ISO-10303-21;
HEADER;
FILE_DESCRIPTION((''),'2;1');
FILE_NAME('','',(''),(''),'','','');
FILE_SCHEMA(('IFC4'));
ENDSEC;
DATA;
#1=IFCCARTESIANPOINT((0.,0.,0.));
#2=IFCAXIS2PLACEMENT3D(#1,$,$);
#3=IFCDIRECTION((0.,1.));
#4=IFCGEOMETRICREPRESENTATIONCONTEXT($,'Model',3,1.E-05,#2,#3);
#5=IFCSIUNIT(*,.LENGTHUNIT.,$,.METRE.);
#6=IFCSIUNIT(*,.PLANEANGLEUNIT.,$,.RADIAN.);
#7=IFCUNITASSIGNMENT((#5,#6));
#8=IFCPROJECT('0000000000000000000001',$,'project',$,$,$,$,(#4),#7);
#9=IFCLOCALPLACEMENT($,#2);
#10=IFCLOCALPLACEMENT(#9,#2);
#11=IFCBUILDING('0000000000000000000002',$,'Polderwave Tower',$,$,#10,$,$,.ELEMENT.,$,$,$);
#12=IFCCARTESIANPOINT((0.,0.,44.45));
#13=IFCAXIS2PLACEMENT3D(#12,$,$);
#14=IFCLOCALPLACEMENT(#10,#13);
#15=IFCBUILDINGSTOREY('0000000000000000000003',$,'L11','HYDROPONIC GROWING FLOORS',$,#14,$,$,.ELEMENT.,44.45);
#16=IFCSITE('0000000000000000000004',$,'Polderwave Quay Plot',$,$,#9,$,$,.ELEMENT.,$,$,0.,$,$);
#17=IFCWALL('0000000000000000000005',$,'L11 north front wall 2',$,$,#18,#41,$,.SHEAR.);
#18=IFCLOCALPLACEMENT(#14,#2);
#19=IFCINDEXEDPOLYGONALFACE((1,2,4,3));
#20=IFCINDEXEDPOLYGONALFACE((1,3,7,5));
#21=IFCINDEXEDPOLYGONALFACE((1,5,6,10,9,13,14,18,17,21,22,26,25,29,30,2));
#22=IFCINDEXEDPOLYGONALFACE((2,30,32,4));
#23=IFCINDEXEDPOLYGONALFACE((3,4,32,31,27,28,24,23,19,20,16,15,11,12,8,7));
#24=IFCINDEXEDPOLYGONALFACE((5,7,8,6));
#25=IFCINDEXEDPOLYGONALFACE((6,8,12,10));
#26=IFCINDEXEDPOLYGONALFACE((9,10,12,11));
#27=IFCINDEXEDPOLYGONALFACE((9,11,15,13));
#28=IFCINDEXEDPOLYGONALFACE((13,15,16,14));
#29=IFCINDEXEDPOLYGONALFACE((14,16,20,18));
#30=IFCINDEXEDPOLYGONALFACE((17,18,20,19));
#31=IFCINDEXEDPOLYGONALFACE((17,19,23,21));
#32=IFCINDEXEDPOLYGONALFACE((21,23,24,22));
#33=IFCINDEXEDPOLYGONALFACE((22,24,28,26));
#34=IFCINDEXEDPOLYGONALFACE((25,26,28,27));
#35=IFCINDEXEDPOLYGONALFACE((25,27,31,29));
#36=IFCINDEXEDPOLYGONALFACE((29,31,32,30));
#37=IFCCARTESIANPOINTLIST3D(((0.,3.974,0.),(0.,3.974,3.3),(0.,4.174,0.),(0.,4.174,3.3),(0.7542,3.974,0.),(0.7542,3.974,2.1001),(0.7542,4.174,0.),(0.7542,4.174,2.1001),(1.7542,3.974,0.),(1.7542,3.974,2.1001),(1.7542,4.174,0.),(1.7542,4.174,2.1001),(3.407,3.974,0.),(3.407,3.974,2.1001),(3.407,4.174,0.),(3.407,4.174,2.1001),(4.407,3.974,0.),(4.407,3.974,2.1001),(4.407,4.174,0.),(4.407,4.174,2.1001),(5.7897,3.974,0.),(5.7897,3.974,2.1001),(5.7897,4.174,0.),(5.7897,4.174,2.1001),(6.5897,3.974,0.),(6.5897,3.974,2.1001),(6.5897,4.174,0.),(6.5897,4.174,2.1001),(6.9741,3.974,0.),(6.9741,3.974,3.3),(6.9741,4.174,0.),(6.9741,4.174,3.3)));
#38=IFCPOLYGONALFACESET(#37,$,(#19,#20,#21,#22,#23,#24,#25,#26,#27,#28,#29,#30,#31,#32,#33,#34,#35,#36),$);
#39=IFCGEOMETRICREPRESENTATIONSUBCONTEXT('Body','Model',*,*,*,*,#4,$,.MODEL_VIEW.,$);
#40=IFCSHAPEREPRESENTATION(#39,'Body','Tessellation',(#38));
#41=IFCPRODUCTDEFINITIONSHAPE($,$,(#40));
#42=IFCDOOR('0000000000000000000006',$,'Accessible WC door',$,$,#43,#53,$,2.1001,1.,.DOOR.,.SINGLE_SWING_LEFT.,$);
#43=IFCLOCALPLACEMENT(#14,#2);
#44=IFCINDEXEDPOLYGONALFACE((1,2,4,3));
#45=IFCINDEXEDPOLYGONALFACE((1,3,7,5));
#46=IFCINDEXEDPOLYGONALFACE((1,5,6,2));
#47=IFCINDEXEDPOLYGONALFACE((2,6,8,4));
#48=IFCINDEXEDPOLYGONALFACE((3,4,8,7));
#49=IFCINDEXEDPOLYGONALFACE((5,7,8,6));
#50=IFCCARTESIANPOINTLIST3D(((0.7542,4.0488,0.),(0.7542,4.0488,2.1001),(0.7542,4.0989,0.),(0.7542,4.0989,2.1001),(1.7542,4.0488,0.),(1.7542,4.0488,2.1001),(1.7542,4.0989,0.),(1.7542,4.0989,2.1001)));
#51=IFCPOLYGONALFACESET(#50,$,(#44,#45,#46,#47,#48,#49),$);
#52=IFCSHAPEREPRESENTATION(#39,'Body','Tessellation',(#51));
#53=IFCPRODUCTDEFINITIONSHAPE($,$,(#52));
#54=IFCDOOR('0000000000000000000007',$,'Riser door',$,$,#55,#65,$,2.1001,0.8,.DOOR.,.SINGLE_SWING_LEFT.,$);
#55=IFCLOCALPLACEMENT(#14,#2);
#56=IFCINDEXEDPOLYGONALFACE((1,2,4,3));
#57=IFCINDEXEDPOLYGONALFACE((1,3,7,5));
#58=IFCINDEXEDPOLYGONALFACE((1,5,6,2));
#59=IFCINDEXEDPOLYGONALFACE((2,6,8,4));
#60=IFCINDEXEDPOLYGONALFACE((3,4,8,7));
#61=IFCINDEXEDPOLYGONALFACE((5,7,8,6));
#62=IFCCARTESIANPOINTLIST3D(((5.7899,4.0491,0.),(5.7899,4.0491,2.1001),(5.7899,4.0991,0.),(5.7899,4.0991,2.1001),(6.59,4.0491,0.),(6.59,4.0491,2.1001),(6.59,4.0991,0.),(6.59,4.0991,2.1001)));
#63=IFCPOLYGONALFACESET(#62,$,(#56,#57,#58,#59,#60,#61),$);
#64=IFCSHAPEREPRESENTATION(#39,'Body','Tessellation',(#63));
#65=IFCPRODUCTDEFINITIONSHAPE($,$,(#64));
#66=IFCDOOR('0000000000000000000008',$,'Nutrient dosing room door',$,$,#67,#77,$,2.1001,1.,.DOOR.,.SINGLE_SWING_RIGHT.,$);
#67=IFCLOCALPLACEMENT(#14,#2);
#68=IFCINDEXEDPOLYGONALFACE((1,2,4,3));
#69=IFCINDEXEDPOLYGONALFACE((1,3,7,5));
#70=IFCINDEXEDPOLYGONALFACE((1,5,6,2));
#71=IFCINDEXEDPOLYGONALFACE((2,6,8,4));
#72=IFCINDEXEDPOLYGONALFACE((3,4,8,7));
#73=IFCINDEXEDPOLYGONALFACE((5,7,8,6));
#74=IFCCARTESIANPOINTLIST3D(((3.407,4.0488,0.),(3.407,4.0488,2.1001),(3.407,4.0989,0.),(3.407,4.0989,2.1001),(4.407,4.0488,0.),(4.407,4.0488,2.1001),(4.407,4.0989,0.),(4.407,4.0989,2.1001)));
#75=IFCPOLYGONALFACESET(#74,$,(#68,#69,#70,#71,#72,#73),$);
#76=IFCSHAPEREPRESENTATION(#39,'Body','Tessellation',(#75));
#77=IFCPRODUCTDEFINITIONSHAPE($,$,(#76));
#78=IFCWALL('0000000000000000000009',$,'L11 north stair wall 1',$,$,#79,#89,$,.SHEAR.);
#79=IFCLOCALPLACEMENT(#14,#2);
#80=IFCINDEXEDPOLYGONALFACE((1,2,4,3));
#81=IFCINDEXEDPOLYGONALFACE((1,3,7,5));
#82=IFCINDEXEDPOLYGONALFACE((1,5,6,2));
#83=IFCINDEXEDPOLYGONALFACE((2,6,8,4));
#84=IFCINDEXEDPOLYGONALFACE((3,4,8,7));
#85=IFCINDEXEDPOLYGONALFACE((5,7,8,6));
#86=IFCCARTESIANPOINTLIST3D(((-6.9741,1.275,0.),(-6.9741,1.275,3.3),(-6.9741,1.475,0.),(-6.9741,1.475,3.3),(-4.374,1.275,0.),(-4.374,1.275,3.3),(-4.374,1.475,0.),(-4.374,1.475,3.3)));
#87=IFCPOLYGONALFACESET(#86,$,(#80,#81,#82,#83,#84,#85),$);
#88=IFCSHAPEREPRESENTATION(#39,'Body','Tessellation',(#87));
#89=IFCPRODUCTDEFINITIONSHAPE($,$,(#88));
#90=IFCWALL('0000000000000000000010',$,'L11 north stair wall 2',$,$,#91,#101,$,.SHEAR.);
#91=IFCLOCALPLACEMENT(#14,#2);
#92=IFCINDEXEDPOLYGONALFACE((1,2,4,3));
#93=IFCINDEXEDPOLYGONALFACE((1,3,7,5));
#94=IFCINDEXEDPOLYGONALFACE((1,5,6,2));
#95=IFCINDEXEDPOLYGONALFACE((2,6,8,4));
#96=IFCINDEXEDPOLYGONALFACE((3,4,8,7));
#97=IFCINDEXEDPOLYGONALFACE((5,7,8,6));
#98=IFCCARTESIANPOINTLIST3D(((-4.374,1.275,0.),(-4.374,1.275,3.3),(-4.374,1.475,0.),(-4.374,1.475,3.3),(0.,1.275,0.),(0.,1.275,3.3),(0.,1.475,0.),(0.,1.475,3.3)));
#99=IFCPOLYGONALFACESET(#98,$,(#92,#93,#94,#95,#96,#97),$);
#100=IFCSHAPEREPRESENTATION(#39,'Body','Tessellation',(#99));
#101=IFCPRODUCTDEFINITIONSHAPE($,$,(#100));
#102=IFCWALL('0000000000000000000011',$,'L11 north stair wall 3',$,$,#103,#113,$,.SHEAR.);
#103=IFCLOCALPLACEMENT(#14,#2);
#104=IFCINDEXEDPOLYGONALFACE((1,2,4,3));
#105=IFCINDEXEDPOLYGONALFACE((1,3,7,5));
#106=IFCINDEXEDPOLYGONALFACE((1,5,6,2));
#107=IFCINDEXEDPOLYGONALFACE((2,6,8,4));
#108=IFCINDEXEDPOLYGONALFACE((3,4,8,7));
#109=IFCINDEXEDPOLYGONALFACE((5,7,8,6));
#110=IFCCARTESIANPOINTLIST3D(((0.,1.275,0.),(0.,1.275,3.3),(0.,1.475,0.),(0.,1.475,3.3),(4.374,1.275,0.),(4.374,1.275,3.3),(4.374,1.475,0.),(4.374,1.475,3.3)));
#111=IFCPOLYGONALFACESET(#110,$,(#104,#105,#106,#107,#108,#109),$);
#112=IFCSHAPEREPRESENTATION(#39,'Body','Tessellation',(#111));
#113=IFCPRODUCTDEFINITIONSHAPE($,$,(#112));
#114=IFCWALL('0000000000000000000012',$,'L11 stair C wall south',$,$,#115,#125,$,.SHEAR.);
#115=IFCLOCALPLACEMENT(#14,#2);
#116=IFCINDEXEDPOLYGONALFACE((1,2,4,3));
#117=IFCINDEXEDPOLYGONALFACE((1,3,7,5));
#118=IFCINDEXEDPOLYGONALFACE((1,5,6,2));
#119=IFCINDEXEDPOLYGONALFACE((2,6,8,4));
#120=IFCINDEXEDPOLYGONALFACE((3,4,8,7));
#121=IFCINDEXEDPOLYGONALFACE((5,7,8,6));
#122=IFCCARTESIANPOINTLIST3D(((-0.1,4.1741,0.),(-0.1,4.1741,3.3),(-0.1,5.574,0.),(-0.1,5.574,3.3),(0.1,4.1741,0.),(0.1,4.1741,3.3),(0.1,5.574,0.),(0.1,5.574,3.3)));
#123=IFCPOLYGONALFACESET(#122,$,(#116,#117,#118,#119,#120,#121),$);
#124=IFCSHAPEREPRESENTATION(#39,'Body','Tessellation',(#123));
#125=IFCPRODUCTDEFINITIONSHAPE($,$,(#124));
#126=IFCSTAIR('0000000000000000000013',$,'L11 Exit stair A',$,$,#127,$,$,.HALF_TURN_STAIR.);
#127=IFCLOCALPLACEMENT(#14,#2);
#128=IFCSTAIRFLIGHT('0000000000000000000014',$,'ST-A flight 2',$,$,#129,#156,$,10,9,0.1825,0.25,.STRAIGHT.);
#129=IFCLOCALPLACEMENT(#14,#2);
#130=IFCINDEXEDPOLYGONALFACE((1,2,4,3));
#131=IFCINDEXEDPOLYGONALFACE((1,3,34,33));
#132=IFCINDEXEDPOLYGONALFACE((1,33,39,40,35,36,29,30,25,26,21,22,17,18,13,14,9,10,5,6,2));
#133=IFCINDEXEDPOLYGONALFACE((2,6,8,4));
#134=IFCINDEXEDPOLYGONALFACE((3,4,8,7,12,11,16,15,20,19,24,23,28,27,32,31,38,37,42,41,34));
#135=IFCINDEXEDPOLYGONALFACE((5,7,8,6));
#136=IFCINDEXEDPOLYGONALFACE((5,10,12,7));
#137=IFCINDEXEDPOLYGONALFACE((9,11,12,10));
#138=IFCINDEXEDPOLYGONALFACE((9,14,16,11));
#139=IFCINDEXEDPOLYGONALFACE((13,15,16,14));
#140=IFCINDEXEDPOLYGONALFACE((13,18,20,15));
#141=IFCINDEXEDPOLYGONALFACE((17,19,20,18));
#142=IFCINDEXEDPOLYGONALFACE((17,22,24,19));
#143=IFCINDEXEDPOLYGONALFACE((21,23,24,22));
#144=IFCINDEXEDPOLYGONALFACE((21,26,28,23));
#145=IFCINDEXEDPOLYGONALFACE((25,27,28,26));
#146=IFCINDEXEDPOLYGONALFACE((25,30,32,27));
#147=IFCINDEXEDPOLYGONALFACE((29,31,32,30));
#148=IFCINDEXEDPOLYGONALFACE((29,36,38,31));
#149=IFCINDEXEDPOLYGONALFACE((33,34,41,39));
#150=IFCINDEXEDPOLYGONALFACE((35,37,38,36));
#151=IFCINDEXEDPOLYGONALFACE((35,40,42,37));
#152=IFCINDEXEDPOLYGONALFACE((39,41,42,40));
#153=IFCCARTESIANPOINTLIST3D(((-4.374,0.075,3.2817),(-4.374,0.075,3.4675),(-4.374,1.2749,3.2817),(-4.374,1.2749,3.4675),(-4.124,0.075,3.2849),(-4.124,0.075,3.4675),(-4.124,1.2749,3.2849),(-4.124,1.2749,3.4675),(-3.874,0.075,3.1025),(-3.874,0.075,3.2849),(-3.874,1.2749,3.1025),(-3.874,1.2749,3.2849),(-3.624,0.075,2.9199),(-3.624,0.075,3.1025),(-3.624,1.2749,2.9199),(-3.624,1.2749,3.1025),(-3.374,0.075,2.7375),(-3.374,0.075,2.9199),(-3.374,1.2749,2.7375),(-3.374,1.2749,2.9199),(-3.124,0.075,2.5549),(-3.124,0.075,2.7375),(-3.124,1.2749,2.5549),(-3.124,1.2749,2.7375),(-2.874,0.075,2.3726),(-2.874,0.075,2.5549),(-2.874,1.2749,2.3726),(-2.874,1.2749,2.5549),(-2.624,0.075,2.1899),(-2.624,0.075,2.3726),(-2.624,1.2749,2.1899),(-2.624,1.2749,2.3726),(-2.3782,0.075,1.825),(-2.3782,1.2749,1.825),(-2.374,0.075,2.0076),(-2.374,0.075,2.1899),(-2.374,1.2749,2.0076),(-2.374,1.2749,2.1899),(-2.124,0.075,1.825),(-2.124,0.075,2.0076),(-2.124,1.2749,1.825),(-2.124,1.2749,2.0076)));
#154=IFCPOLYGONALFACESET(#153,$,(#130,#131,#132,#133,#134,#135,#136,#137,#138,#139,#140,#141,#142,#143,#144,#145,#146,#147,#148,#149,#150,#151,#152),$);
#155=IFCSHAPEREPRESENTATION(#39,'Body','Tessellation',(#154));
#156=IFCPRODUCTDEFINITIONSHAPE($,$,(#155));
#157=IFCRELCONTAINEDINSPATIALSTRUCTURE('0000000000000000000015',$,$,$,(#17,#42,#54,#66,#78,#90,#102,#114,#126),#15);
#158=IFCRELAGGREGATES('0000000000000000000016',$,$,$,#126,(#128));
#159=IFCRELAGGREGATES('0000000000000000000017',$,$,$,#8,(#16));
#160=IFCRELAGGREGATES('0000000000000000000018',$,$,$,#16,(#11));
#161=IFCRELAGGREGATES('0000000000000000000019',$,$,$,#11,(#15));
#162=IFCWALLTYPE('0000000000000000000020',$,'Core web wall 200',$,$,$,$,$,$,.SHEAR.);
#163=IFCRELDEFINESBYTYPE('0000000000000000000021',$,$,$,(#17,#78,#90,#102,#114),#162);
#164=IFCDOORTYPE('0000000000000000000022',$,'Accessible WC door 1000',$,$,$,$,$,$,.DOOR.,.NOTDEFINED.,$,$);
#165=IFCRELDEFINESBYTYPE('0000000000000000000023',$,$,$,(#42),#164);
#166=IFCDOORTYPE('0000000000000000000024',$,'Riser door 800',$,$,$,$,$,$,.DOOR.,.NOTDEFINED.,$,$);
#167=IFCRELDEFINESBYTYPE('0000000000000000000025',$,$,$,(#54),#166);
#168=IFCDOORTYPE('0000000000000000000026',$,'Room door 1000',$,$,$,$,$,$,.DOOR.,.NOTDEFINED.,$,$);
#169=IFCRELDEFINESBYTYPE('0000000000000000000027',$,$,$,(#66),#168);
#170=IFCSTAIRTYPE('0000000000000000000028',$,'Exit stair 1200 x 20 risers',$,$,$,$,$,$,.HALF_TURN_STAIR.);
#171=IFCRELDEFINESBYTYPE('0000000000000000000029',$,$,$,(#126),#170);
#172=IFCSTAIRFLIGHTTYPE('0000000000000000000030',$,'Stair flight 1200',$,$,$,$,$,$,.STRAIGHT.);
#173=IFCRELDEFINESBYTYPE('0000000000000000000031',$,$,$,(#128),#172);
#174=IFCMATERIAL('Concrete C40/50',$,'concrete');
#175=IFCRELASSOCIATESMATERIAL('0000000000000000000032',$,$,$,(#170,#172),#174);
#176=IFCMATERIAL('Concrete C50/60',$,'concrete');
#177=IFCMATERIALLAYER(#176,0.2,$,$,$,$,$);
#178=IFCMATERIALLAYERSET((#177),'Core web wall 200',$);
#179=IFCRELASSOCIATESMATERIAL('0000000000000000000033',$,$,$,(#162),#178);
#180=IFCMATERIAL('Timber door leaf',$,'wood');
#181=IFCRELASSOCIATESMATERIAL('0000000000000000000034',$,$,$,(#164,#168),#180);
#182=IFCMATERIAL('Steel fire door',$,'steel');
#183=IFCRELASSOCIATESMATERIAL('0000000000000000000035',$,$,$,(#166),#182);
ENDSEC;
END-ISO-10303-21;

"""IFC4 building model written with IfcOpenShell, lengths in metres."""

from ifc_helpers import new_model, si_unit, direction, frame, frame_2d, origin, place, context, subcontext, project, spatial, polyline, rectangle, outline, extrude, material, layer, layer_set, type_object, element, fill, aggregate, save


model = new_model("IFC4")

# Units and contexts
model_context = context("Model", 3, precision=1e-05, world=origin(), true_north=direction((0.0, 1.0)))
body_context = subcontext(model_context, "Body", "Model", "MODEL_VIEW")
ifc_project = project(units=[si_unit("LENGTHUNIT", "METRE"), si_unit("PLANEANGLEUNIT", "RADIAN")], contexts=[model_context])

# Site, building, storey
site_placement = place(None, origin())
site = spatial("IfcSite", under=ifc_project, at=site_placement, Name="Polderwave Quay Plot", CompositionType="ELEMENT", RefElevation=0.0)
building_placement = place(site_placement, origin())
building = spatial("IfcBuilding", under=site, at=building_placement, Name="Polderwave Tower", CompositionType="ELEMENT")
storey_placement = place(building_placement, frame((0.0, 0.0, 44.45)))
storey = spatial("IfcBuildingStorey", under=building, at=storey_placement, Name="L11", Description="HYDROPONIC GROWING FLOORS", CompositionType="ELEMENT", Elevation=44.45)

# Shared definitions
ifc_material_1 = material(Name="Concrete C40/50", Category="concrete")

# Shared definitions
stair_type = type_object("IfcStairType", Name="Exit stair 1200 x 20 risers", PredefinedType="HALF_TURN_STAIR", material=ifc_material_1)

# Shared definitions
ifc_material_2 = material(Name="Steel fire door", Category="steel")

# Shared definitions
ifc_material_3 = material(Name="Concrete C50/60", Category="concrete")
ifc_layer_1 = layer(ifc_material_3, 0.2)
ifc_layer_set_1 = layer_set([ifc_layer_1], Name="Core web wall 200")
wall_type_1 = type_object("IfcWallType", Name="Core web wall 200", PredefinedType="SHEAR", material=ifc_layer_set_1)

# Wall, openings, doors
wall_1_placement = place(storey_placement, frame((0.0, 4.074, 0.0), z_axis=(0.0, 0.0, 1.0), x_axis=(1.0, 0.0, 0.0)))
wall_1 = element("IfcWall", 1, at=wall_1_placement, inside=storey, type_object=wall_type_1, Name="L11 north front wall 2", PredefinedType="SHEAR", context=body_context, shape_type="SweptSolid", body=[
    extrude(rectangle(XDim=6.9741, YDim=0.2, at=frame_2d((3.4871, 0.0))), origin(), (0.0, 0.0, 1.0), 3.3),
])
opening_1_placement = place(wall_1_placement, frame((0.7542, 0.0, 0.0)))
opening_1 = element("IfcOpeningElement", 2, at=opening_1_placement, cuts=wall_1, PredefinedType="OPENING", context=body_context, shape_type="SweptSolid", body=[
    extrude(rectangle(XDim=1.0, YDim=2.1001, at=frame_2d((0.5, 1.05))), frame((0.0, 0.1099, 0.0), z_axis=(0.0, -1.0, 0.0), x_axis=(1.0, 0.0, 0.0)), (0.0, 0.0, 1.0), 0.22),
])
opening_2_placement = place(wall_1_placement, frame((3.407, 0.0, 0.0)))
opening_2 = element("IfcOpeningElement", 3, at=opening_2_placement, cuts=wall_1, PredefinedType="OPENING", context=body_context, shape_type="SweptSolid", body=[
    extrude(rectangle(XDim=1.0, YDim=2.1001, at=frame_2d((0.5, 1.05))), frame((0.0, 0.1099, 0.0), z_axis=(0.0, -1.0, 0.0), x_axis=(1.0, 0.0, 0.0)), (0.0, 0.0, 1.0), 0.22),
])
opening_3_placement = place(wall_1_placement, frame((5.7898, 0.0, 0.0)))
opening_3 = element("IfcOpeningElement", 4, at=opening_3_placement, cuts=wall_1, PredefinedType="OPENING", context=body_context, shape_type="SweptSolid", body=[
    extrude(rectangle(XDim=0.8, YDim=2.1001, at=frame_2d((0.3999, 1.05))), frame((0.0, 0.1099, 0.0), z_axis=(0.0, -1.0, 0.0), x_axis=(1.0, 0.0, 0.0)), (0.0, 0.0, 1.0), 0.22),
])
ifc_material_4 = material(Name="Timber door leaf", Category="wood")
door_type_1 = type_object("IfcDoorType", Name="Accessible WC door 1000", OperationType="NOTDEFINED", PredefinedType="DOOR", material=ifc_material_4)
door_1_placement = place(opening_1_placement, origin())
door_1 = element("IfcDoor", 5, at=door_1_placement, inside=storey, type_object=door_type_1, Name="Accessible WC door", OperationType="SINGLE_SWING_LEFT", OverallHeight=2.1001, OverallWidth=1.0, PredefinedType="DOOR", context=body_context, shape_type="SweptSolid", body=[
    extrude(rectangle(XDim=1.0, YDim=2.1001, at=frame_2d((0.5, 1.05))), frame((0.0, 0.0249, 0.0), z_axis=(0.0, -1.0, 0.0), x_axis=(1.0, 0.0, 0.0)), (0.0, 0.0, 1.0), 0.05),
])
fill(opening_1, door_1)
door_type_2 = type_object("IfcDoorType", Name="Riser door 800", OperationType="NOTDEFINED", PredefinedType="DOOR", material=ifc_material_2)
door_2_placement = place(opening_3_placement, frame((0.8, 0.0, 0.0), z_axis=(0.0, 0.0, 1.0), x_axis=(-1.0, 0.0, 0.0)))
door_2 = element("IfcDoor", 6, at=door_2_placement, inside=storey, type_object=door_type_2, Name="Riser door", OperationType="SINGLE_SWING_LEFT", OverallHeight=2.1001, OverallWidth=0.8, PredefinedType="DOOR", context=body_context, shape_type="SweptSolid", body=[
    extrude(rectangle(XDim=0.8, YDim=2.1001, at=frame_2d((0.3999, 1.05))), frame((0.0, 0.0249, 0.0), z_axis=(0.0, -1.0, 0.0), x_axis=(1.0, 0.0, 0.0)), (0.0, 0.0, 1.0), 0.05),
])
fill(opening_3, door_2)
door_type_3 = type_object("IfcDoorType", Name="Room door 1000", OperationType="NOTDEFINED", PredefinedType="DOOR", material=ifc_material_4)
door_3_placement = place(opening_2_placement, origin())
door_3 = element("IfcDoor", 7, at=door_3_placement, inside=storey, type_object=door_type_3, Name="Nutrient dosing room door", OperationType="SINGLE_SWING_RIGHT", OverallHeight=2.1001, OverallWidth=1.0, PredefinedType="DOOR", context=body_context, shape_type="SweptSolid", body=[
    extrude(rectangle(XDim=1.0, YDim=2.1001, at=frame_2d((0.5, 1.05))), frame((0.0, 0.0249, 0.0), z_axis=(0.0, -1.0, 0.0), x_axis=(1.0, 0.0, 0.0)), (0.0, 0.0, 1.0), 0.05),
])
fill(opening_2, door_3)

# Walls
wall_2_placement = place(storey_placement, frame((-6.9741, 1.375, 0.0), z_axis=(0.0, 0.0, 1.0), x_axis=(1.0, 0.0, 0.0)))
element("IfcWall", 8, at=wall_2_placement, inside=storey, type_object=wall_type_1, Name="L11 north stair wall 1", PredefinedType="SHEAR", context=body_context, shape_type="SweptSolid", body=[
    extrude(rectangle(XDim=2.6001, YDim=0.2, at=frame_2d((1.3, 0.0))), origin(), (0.0, 0.0, 1.0), 3.3),
])
for number, where, z_axis, x_axis, name in (
    (9, (-4.374, 1.375, 0.0), (0.0, 0.0, 1.0), (1.0, 0.0, 0.0), "L11 north stair wall 2"),
    (10, (0.0, 1.375, 0.0), (0.0, 0.0, 1.0), (1.0, 0.0, 0.0), "L11 north stair wall 3"),
):
    element("IfcWall", number, at=place(storey_placement, frame(where, z_axis=z_axis, x_axis=x_axis)), inside=storey, type_object=wall_type_1, Name=name, PredefinedType="SHEAR", context=body_context, shape_type="SweptSolid", body=[
        extrude(rectangle(XDim=4.374, YDim=0.2, at=frame_2d((2.187, 0.0))), origin(), (0.0, 0.0, 1.0), 3.3),
    ])
wall_3_placement = place(storey_placement, frame((0.0, 4.1741, 0.0), z_axis=(0.0, 0.0, 1.0), x_axis=(0.0, 1.0, 0.0)))
element("IfcWall", 11, at=wall_3_placement, inside=storey, type_object=wall_type_1, Name="L11 stair C wall south", PredefinedType="SHEAR", context=body_context, shape_type="SweptSolid", body=[
    extrude(rectangle(XDim=1.3999, YDim=0.2, at=frame_2d((0.7, 0.0))), origin(), (0.0, 0.0, 1.0), 3.3),
])

# Stair, stair flight
stair_1_placement = place(storey_placement, origin())
stair_1 = element("IfcStair", 12, at=stair_1_placement, inside=storey, type_object=stair_type, Name="L11 Exit stair A", PredefinedType="HALF_TURN_STAIR")
stair_flight_type = type_object("IfcStairFlightType", Name="Stair flight 1200", PredefinedType="STRAIGHT", material=ifc_material_1)
stair_flight_1_placement = place(storey_placement, frame((-2.124, 0.675, 1.825), z_axis=(0.0, 0.0, 1.0), x_axis=(-1.0, 0.0, 0.0)))
stair_flight_1 = element("IfcStairFlight", 13, at=stair_flight_1_placement, type_object=stair_flight_type, Name="ST-A flight 2", NumberOfRisers=10, NumberOfTreads=9, PredefinedType="STRAIGHT", RiserHeight=0.1825, TreadLength=0.25, context=body_context, shape_type="SweptSolid", body=[
    extrude(outline(polyline([(0.0, 0.0), (0.0, 0.1826), (0.25, 0.1826), (0.25, 0.365), (0.5, 0.365), (0.5, 0.5476), (0.75, 0.5476), (0.75, 0.73), (1.0, 0.73), (1.0, 0.9126), (1.25, 0.9126), (1.25, 1.095), (1.5, 1.095), (1.5, 1.2776), (1.75, 1.2776), (1.75, 1.46), (2.0, 1.46), (2.0, 1.6426), (2.25, 1.6426), (2.25, 1.825), (2.25, 1.4568), (0.2542, 0.0), (0.0, 0.0)])), frame((0.0, 0.6001, 0.0), z_axis=(0.0, -1.0, 0.0), x_axis=(1.0, 0.0, 0.0)), (0.0, 0.0, 1.0), 1.2),
])
aggregate(stair_1, [stair_flight_1])

save(model, "model.ifc")
